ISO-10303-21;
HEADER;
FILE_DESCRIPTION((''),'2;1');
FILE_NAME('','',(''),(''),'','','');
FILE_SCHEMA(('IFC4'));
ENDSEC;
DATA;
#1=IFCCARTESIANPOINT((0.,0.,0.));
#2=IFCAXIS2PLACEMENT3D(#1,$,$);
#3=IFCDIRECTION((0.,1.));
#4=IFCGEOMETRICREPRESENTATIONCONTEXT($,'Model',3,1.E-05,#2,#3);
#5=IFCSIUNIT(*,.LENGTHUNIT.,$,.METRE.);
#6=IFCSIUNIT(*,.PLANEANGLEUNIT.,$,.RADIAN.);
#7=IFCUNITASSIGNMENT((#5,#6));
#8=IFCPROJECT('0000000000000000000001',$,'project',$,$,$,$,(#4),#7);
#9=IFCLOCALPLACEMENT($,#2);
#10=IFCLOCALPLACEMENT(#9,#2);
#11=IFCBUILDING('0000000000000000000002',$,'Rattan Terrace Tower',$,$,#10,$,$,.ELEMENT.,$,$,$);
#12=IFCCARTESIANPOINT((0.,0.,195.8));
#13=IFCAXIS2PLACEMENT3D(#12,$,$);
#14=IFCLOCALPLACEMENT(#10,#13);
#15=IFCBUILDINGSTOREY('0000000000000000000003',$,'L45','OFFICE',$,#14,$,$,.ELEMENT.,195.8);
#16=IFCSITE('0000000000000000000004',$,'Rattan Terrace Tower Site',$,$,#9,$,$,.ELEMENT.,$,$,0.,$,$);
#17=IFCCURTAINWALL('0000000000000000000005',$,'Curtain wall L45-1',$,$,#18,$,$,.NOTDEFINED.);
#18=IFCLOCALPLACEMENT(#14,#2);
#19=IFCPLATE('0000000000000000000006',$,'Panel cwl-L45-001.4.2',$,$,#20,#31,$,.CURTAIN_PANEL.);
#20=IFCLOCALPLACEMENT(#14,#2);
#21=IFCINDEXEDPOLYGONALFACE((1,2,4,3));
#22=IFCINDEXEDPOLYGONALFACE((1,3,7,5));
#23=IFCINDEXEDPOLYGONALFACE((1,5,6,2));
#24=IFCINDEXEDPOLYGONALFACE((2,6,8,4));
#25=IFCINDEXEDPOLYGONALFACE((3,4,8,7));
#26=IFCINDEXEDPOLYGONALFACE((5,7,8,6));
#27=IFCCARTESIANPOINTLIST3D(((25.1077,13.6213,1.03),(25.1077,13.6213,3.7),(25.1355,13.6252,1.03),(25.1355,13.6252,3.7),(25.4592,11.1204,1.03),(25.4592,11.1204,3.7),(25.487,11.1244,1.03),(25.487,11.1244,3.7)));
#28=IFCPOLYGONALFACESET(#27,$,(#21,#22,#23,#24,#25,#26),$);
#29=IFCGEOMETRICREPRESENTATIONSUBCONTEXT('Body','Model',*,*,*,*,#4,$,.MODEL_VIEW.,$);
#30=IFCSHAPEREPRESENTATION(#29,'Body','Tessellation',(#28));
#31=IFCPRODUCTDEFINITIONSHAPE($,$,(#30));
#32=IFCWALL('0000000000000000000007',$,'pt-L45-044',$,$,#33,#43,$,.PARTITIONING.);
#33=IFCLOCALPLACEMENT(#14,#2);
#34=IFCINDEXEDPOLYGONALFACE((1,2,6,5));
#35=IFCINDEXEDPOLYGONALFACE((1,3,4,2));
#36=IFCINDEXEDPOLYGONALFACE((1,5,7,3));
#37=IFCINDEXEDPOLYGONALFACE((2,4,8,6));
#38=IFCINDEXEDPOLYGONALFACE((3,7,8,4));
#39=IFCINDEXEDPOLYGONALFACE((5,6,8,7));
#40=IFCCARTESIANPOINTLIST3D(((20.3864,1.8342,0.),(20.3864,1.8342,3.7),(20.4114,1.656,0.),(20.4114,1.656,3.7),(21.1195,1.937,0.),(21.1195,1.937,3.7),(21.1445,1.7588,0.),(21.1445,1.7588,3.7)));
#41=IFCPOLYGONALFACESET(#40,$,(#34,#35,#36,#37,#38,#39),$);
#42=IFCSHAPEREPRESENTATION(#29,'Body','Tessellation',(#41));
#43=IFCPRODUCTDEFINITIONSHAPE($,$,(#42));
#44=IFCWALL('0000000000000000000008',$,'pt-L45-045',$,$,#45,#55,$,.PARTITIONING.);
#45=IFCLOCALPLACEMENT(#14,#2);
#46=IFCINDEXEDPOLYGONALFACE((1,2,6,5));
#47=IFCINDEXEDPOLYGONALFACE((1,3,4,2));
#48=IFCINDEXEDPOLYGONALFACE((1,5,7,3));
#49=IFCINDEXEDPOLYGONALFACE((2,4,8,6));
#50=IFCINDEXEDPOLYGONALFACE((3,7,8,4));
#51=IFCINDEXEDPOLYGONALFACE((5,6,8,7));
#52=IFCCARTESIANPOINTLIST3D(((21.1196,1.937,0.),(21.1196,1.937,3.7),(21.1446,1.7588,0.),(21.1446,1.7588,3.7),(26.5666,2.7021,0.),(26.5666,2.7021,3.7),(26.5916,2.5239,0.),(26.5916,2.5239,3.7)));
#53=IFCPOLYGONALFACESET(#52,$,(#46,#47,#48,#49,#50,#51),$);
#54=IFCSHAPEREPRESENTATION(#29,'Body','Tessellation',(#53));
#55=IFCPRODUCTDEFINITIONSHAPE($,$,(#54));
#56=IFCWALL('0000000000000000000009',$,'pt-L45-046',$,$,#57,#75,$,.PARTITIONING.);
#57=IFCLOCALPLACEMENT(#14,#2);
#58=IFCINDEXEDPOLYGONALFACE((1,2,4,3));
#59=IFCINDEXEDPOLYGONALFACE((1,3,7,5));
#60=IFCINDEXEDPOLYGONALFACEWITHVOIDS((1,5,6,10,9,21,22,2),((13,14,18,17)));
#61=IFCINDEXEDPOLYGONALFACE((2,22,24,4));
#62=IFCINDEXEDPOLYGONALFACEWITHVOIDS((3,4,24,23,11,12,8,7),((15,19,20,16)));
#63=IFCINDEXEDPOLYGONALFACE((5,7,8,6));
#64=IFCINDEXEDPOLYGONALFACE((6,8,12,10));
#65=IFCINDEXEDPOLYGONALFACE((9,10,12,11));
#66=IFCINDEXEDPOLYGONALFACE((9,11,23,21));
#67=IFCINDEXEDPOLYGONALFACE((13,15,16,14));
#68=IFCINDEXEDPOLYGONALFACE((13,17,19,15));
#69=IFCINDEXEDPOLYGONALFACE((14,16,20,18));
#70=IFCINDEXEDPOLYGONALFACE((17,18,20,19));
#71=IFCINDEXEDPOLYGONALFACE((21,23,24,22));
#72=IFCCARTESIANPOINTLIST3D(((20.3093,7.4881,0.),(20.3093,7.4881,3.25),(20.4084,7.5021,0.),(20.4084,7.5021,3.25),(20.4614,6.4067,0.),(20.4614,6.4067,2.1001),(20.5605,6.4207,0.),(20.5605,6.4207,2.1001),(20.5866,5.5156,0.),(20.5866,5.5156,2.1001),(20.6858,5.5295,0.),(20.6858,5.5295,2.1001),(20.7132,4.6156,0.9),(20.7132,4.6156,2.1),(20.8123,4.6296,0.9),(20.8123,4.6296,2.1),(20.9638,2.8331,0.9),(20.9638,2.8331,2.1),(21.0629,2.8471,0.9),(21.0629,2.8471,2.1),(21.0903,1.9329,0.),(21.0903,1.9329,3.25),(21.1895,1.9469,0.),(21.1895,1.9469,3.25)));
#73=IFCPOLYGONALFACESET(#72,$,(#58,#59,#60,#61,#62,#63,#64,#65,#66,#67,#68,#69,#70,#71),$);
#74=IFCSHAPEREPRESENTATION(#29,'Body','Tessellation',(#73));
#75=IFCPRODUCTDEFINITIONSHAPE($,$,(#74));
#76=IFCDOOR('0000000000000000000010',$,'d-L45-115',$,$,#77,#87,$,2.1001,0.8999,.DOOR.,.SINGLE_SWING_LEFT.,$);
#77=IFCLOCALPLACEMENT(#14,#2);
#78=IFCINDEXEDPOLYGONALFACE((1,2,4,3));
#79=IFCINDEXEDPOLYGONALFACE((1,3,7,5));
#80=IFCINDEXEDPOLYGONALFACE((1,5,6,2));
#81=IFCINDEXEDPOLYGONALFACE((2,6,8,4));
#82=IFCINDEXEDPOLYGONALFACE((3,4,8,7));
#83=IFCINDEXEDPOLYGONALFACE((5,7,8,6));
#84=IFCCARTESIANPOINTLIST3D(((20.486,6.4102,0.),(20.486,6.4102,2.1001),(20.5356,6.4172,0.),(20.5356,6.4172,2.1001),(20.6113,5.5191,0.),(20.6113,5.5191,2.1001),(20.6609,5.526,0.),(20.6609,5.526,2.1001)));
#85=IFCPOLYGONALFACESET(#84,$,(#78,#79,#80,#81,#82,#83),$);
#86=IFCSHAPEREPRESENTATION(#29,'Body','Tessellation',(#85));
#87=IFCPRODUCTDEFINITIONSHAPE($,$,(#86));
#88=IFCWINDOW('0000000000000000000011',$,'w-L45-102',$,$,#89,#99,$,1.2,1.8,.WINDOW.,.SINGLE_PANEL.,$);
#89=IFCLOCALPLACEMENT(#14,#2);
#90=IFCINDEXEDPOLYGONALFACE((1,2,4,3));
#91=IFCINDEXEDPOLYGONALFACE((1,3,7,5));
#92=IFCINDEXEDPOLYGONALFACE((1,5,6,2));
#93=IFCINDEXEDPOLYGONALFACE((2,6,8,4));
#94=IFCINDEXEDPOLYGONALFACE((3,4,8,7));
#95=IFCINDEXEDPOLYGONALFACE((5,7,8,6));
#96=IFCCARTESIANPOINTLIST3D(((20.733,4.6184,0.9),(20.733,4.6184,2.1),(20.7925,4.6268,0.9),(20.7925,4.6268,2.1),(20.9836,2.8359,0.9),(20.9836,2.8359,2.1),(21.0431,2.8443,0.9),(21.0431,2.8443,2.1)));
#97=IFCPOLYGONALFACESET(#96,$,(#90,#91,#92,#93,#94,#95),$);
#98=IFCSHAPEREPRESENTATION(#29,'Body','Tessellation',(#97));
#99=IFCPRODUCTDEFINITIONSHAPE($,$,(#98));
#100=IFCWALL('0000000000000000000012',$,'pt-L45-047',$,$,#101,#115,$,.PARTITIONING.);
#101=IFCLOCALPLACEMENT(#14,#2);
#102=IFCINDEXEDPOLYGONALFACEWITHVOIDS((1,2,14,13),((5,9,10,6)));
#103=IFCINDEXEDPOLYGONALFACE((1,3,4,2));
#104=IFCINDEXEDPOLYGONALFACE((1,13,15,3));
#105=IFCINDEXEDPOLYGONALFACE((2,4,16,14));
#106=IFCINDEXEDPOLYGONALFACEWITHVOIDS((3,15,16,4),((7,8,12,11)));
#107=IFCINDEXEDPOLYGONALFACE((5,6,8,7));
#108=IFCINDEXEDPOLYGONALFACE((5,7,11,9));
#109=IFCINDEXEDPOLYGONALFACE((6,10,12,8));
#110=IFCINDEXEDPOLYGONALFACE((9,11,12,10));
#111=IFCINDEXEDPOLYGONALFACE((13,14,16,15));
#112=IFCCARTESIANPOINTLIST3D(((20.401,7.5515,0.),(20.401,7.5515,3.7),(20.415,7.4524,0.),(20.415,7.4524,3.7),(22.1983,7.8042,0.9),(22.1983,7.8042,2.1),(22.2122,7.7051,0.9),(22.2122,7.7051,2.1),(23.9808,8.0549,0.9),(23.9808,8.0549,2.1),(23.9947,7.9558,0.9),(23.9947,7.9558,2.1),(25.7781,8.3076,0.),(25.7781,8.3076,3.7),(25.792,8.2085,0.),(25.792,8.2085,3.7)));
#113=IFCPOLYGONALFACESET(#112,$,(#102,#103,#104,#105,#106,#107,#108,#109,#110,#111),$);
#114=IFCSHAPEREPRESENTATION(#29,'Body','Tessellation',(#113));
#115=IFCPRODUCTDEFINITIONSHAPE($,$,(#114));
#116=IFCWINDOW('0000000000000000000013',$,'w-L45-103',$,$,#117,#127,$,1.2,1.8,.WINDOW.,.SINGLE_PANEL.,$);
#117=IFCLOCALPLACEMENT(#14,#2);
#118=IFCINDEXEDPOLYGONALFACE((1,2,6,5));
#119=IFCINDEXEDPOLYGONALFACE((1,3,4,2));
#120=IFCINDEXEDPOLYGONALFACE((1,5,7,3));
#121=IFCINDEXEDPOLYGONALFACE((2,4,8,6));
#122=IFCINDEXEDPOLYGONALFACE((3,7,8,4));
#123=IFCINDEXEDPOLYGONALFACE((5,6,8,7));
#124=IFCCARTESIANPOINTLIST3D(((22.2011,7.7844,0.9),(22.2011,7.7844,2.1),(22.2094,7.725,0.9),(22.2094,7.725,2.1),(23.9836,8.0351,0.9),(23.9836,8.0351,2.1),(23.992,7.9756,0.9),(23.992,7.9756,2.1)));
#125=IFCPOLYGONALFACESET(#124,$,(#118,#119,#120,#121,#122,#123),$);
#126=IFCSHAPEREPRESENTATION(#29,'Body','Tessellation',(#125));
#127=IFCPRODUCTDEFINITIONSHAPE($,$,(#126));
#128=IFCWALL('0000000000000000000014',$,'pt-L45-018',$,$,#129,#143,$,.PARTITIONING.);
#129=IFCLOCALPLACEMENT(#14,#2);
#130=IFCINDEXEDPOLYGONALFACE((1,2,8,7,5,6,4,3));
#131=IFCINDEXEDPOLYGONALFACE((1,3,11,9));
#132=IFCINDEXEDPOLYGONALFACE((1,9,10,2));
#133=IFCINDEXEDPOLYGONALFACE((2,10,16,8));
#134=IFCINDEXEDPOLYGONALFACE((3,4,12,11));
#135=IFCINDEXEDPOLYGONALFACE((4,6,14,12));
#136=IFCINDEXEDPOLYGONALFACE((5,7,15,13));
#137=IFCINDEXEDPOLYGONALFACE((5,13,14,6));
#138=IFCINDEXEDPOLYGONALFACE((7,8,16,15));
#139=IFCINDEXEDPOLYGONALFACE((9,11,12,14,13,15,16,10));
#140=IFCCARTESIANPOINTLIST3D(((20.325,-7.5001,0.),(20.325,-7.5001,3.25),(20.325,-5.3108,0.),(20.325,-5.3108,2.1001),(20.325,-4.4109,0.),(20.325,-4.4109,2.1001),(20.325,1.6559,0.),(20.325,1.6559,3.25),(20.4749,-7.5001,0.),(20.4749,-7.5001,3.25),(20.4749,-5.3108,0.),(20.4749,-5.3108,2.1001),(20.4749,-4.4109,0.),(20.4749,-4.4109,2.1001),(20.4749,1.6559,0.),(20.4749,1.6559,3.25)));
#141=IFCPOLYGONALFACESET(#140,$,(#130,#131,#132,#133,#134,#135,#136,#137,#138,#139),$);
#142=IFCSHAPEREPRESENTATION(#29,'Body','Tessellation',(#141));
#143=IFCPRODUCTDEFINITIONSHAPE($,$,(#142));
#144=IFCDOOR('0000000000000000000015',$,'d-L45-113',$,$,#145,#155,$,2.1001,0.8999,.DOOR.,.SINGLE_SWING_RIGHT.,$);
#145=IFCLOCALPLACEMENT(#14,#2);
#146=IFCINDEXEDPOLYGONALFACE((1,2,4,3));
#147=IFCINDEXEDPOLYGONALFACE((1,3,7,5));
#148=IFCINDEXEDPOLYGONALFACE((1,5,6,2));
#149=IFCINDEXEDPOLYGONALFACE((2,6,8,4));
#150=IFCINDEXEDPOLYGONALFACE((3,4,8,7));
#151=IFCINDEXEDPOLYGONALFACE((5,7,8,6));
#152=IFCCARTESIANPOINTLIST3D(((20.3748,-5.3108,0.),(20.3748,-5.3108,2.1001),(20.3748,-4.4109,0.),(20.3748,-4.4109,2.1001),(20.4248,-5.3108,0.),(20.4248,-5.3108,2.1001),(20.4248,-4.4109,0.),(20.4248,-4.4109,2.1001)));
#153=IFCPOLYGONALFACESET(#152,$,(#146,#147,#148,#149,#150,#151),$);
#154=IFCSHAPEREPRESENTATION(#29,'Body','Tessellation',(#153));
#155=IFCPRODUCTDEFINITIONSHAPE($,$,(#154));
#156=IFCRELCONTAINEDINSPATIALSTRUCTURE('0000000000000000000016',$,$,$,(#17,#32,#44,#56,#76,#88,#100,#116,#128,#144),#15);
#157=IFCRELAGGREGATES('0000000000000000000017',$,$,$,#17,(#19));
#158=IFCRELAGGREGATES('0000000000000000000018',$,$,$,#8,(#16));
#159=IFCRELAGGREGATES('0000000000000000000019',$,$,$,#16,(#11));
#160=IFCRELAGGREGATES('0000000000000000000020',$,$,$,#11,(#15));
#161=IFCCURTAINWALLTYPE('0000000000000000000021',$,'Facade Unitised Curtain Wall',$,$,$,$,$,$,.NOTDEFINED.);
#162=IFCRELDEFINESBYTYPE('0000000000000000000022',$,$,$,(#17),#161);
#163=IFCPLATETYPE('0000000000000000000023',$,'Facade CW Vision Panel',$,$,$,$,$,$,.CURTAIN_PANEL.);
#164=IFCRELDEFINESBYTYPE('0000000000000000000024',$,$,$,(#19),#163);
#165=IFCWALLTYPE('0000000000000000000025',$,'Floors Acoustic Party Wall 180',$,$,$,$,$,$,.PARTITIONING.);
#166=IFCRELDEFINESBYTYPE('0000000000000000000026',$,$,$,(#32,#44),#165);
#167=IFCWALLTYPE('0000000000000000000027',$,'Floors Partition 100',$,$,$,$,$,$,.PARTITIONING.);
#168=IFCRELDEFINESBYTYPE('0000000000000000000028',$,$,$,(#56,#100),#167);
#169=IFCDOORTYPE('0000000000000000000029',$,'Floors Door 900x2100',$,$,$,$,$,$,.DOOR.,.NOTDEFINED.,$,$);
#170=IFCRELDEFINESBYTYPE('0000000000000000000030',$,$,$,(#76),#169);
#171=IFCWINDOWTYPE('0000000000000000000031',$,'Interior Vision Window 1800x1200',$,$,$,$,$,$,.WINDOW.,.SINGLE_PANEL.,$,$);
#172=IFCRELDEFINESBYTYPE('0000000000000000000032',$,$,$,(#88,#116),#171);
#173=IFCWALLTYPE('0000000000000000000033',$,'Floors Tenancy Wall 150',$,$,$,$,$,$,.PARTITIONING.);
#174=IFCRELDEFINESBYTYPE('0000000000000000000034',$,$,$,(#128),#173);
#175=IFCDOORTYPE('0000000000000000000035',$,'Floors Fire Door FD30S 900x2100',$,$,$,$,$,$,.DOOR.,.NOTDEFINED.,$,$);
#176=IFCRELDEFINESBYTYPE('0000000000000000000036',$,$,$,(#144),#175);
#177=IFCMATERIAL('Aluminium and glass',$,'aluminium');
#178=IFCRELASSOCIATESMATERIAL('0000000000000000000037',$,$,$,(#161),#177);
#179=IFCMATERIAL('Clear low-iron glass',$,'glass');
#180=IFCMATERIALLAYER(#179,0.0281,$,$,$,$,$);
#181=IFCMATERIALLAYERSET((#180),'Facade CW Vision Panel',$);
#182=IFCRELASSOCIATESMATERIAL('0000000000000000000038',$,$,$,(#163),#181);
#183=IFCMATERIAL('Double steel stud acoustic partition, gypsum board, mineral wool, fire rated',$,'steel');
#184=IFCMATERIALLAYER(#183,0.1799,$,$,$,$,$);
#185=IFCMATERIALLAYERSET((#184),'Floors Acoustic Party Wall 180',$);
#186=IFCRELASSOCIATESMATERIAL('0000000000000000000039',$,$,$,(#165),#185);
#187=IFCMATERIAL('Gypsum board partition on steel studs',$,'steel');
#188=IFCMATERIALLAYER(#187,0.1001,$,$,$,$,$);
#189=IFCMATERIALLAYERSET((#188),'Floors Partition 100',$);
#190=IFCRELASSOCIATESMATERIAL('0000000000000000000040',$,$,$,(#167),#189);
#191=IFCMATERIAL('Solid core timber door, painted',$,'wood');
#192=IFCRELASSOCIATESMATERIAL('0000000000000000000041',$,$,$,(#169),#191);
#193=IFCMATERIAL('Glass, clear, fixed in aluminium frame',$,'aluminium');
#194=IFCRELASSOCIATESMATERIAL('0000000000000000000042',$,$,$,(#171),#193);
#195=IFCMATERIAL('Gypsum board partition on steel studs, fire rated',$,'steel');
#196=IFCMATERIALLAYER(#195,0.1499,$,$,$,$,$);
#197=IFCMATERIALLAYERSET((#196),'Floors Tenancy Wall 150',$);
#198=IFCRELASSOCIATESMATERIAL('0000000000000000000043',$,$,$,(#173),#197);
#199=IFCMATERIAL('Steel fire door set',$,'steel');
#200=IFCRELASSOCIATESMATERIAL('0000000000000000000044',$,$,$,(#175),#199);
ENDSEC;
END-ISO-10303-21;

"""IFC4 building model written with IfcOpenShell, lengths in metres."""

from ifc_helpers import new_model, si_unit, direction, frame, frame_2d, origin, origin_2d, place, context, subcontext, project, spatial, rectangle, extrude, material, layer, layer_set, type_object, element, fill, aggregate, save


model = new_model("IFC4")

# Units and contexts
model_context = context("Model", 3, precision=1e-05, world=origin(), true_north=direction((0.0, 1.0)))
body_context = subcontext(model_context, "Body", "Model", "MODEL_VIEW")
ifc_project = project(units=[si_unit("LENGTHUNIT", "METRE"), si_unit("PLANEANGLEUNIT", "RADIAN")], contexts=[model_context])

# Site, building, storey
site_placement = place(None, origin())
site = spatial("IfcSite", under=ifc_project, at=site_placement, Name="Rattan Terrace Tower Site", CompositionType="ELEMENT", RefElevation=0.0)
building_placement = place(site_placement, origin())
building = spatial("IfcBuilding", under=site, at=building_placement, Name="Rattan Terrace Tower", CompositionType="ELEMENT")
storey_placement = place(building_placement, frame((0.0, 0.0, 195.8)))
storey = spatial("IfcBuildingStorey", under=building, at=storey_placement, Name="L45", Description="OFFICE", CompositionType="ELEMENT", Elevation=195.8)

# Curtain wall
ifc_material_1 = material(Name="Aluminium and glass", Category="aluminium")
curtain_wall_type = type_object("IfcCurtainWallType", Name="Facade Unitised Curtain Wall", PredefinedType="NOTDEFINED", material=ifc_material_1)
curtain_wall_placement = place(storey_placement, origin())
curtain_wall = element("IfcCurtainWall", 1, at=curtain_wall_placement, inside=storey, type_object=curtain_wall_type, Name="Curtain wall L45-1", PredefinedType="NOTDEFINED")

# Plate
ifc_material_2 = material(Name="Clear low-iron glass", Category="glass")
ifc_layer_1 = layer(ifc_material_2, 0.0281)
ifc_layer_set_1 = layer_set([ifc_layer_1], Name="Facade CW Vision Panel")
plate_type_1 = type_object("IfcPlateType", Name="Facade CW Vision Panel", PredefinedType="CURTAIN_PANEL", material=ifc_layer_set_1)
plate_1_placement = place(storey_placement, frame((25.2974, 12.3728, 1.03), z_axis=(0.0, 0.0, 1.0), x_axis=(-0.139191, 0.990266, 0.0)))
plate_1 = element("IfcPlate", 2, at=plate_1_placement, type_object=plate_type_1, Name="Panel cwl-L45-001.4.2", PredefinedType="CURTAIN_PANEL", context=body_context, shape_type="SweptSolid", body=[
    extrude(rectangle(XDim=2.5254, YDim=0.0281, at=origin_2d()), origin(), (0.0, 0.0, 1.0), 2.6699),
])
aggregate(curtain_wall, [plate_1])

# Walls
ifc_material_3 = material(Name="Double steel stud acoustic partition, gypsum board, mineral wool, fire rated", Category="steel")
ifc_layer_2 = layer(ifc_material_3, 0.1799)
ifc_layer_set_2 = layer_set([ifc_layer_2], Name="Floors Acoustic Party Wall 180")
wall_type_1 = type_object("IfcWallType", Name="Floors Acoustic Party Wall 180", PredefinedType="PARTITIONING", material=ifc_layer_set_2)
wall_1_placement = place(storey_placement, frame((20.3989, 1.7451, 0.0), z_axis=(0.0, 0.0, 1.0), x_axis=(0.990315, 0.138835, 0.0)))
element("IfcWall", 3, at=wall_1_placement, inside=storey, type_object=wall_type_1, Name="pt-L45-044", PredefinedType="PARTITIONING", context=body_context, shape_type="SweptSolid", body=[
    extrude(rectangle(XDim=0.7402, YDim=0.1799, at=frame_2d((0.3701, 0.0))), origin(), (0.0, 0.0, 1.0), 3.7),
])
wall_2_placement = place(storey_placement, frame((21.1321, 1.8479, 0.0), z_axis=(0.0, 0.0, 1.0), x_axis=(0.990278, 0.139103, 0.0)))
element("IfcWall", 4, at=wall_2_placement, inside=storey, type_object=wall_type_1, Name="pt-L45-045", PredefinedType="PARTITIONING", context=body_context, shape_type="SweptSolid", body=[
    extrude(rectangle(XDim=5.5005, YDim=0.1799, at=frame_2d((2.7502, 0.0))), origin(), (0.0, 0.0, 1.0), 3.7),
])

# Wall, openings, door, window
ifc_material_4 = material(Name="Gypsum board partition on steel studs", Category="steel")
ifc_layer_3 = layer(ifc_material_4, 0.1001)
ifc_layer_set_3 = layer_set([ifc_layer_3], Name="Floors Partition 100")
wall_type_2 = type_object("IfcWallType", Name="Floors Partition 100", PredefinedType="PARTITIONING", material=ifc_layer_set_3)
wall_3_placement = place(storey_placement, frame((20.3589, 7.4951, 0.0), z_axis=(0.0, 0.0, 1.0), x_axis=(0.139221, -0.990261, 0.0)))
wall_3 = element("IfcWall", 5, at=wall_3_placement, inside=storey, type_object=wall_type_2, Name="pt-L45-046", PredefinedType="PARTITIONING", context=body_context, shape_type="SweptSolid", body=[
    extrude(rectangle(XDim=5.6099, YDim=0.1001, at=frame_2d((2.8049, 0.0))), origin(), (0.0, 0.0, 1.0), 3.25),
])
opening_1_placement = place(wall_3_placement, frame((1.092, 0.0, 0.0)))
opening_1 = element("IfcOpeningElement", 6, at=opening_1_placement, cuts=wall_3, PredefinedType="OPENING", context=body_context, shape_type="SweptSolid", body=[
    extrude(rectangle(XDim=0.8999, YDim=2.1001, at=frame_2d((0.45, 1.05))), frame((0.0, 0.0605, 0.0), z_axis=(0.0, -1.0, 0.0), x_axis=(1.0, 0.0, 0.0)), (0.0, 0.0, 1.0), 0.1211),
])
opening_2_placement = place(wall_3_placement, frame((2.9009, 0.0, 0.8999)))
opening_2 = element("IfcOpeningElement", 7, at=opening_2_placement, cuts=wall_3, PredefinedType="OPENING", context=body_context, shape_type="SweptSolid", body=[
    extrude(rectangle(XDim=1.8, YDim=1.2, at=frame_2d((0.8999, 0.6001))), frame((0.0, 0.0605, 0.0), z_axis=(0.0, -1.0, 0.0), x_axis=(1.0, 0.0, 0.0)), (0.0, 0.0, 1.0), 0.1211),
])
ifc_material_5 = material(Name="Solid core timber door, painted", Category="wood")
door_type_1 = type_object("IfcDoorType", Name="Floors Door 900x2100", OperationType="NOTDEFINED", PredefinedType="DOOR", material=ifc_material_5)
door_1_placement = place(opening_1_placement, origin())
door_1 = element("IfcDoor", 8, at=door_1_placement, inside=storey, type_object=door_type_1, Name="d-L45-115", OperationType="SINGLE_SWING_LEFT", OverallHeight=2.1001, OverallWidth=0.8999, PredefinedType="DOOR", context=body_context, shape_type="SweptSolid", body=[
    extrude(rectangle(XDim=0.8999, YDim=2.1001, at=frame_2d((0.45, 1.05))), frame((0.0, 0.0249, 0.0), z_axis=(0.0, -1.0, 0.0), x_axis=(1.0, 0.0, 0.0)), (0.0, 0.0, 1.0), 0.05),
])
fill(opening_1, door_1)
ifc_material_6 = material(Name="Glass, clear, fixed in aluminium frame", Category="aluminium")
window_type = type_object("IfcWindowType", Name="Interior Vision Window 1800x1200", PartitioningType="SINGLE_PANEL", PredefinedType="WINDOW", material=ifc_material_6)
window_1_placement = place(opening_2_placement, origin())
window_1 = element("IfcWindow", 9, at=window_1_placement, inside=storey, type_object=window_type, Name="w-L45-102", OverallHeight=1.2, OverallWidth=1.8, PartitioningType="SINGLE_PANEL", PredefinedType="WINDOW", context=body_context, shape_type="SweptSolid", body=[
    extrude(rectangle(XDim=1.8, YDim=1.2, at=frame_2d((0.8999, 0.6001))), frame((0.0, 0.03, 0.0), z_axis=(0.0, -1.0, 0.0), x_axis=(1.0, 0.0, 0.0)), (0.0, 0.0, 1.0), 0.0601),
])
fill(opening_2, window_1)

# Wall, opening, window
wall_4_placement = place(storey_placement, frame((25.7849, 8.2581, 0.0), z_axis=(0.0, 0.0, 1.0), x_axis=(-0.990257, -0.139249, 0.0)))
wall_4 = element("IfcWall", 10, at=wall_4_placement, inside=storey, type_object=wall_type_2, Name="pt-L45-047", PredefinedType="PARTITIONING", context=body_context, shape_type="SweptSolid", body=[
    extrude(rectangle(XDim=5.4299, YDim=0.1001, at=frame_2d((2.7148, 0.0))), origin(), (0.0, 0.0, 1.0), 3.7),
])
opening_3_placement = place(wall_4_placement, frame((1.8149, 0.0, 0.8999)))
opening_3 = element("IfcOpeningElement", 11, at=opening_3_placement, cuts=wall_4, PredefinedType="OPENING", context=body_context, shape_type="SweptSolid", body=[
    extrude(rectangle(XDim=1.8, YDim=1.2, at=frame_2d((0.8999, 0.6001))), frame((0.0, 0.0605, 0.0), z_axis=(0.0, -1.0, 0.0), x_axis=(1.0, 0.0, 0.0)), (0.0, 0.0, 1.0), 0.1211),
])
window_2_placement = place(opening_3_placement, origin())
window_2 = element("IfcWindow", 12, at=window_2_placement, inside=storey, type_object=window_type, Name="w-L45-103", OverallHeight=1.2, OverallWidth=1.8, PartitioningType="SINGLE_PANEL", PredefinedType="WINDOW", context=body_context, shape_type="SweptSolid", body=[
    extrude(rectangle(XDim=1.8, YDim=1.2, at=frame_2d((0.8999, 0.6001))), frame((0.0, 0.03, 0.0), z_axis=(0.0, -1.0, 0.0), x_axis=(1.0, 0.0, 0.0)), (0.0, 0.0, 1.0), 0.0601),
])
fill(opening_3, window_2)

# Wall, opening, door
ifc_material_7 = material(Name="Gypsum board partition on steel studs, fire rated", Category="steel")
ifc_layer_4 = layer(ifc_material_7, 0.1499)
ifc_layer_set_4 = layer_set([ifc_layer_4], Name="Floors Tenancy Wall 150")
wall_type_3 = type_object("IfcWallType", Name="Floors Tenancy Wall 150", PredefinedType="PARTITIONING", material=ifc_layer_set_4)
wall_5_placement = place(storey_placement, frame((20.3999, 1.656, 0.0), z_axis=(0.0, 0.0, 1.0), x_axis=(0.0, -1.0, 0.0)))
wall_5 = element("IfcWall", 13, at=wall_5_placement, inside=storey, type_object=wall_type_3, Name="pt-L45-018", PredefinedType="PARTITIONING", context=body_context, shape_type="SweptSolid", body=[
    extrude(rectangle(XDim=9.156, YDim=0.1499, at=frame_2d((4.5781, 0.0))), origin(), (0.0, 0.0, 1.0), 3.25),
])
opening_4_placement = place(wall_5_placement, frame((6.0669, 0.0, 0.0)))
opening_4 = element("IfcOpeningElement", 14, at=opening_4_placement, cuts=wall_5, PredefinedType="OPENING", context=body_context, shape_type="SweptSolid", body=[
    extrude(rectangle(XDim=0.8999, YDim=2.1001, at=frame_2d((0.45, 1.05))), frame((0.0, 0.0854, 0.0), z_axis=(0.0, -1.0, 0.0), x_axis=(1.0, 0.0, 0.0)), (0.0, 0.0, 1.0), 0.1709),
])
ifc_material_8 = material(Name="Steel fire door set", Category="steel")
door_type_2 = type_object("IfcDoorType", Name="Floors Fire Door FD30S 900x2100", OperationType="NOTDEFINED", PredefinedType="DOOR", material=ifc_material_8)
door_2_placement = place(opening_4_placement, origin())
door_2 = element("IfcDoor", 15, at=door_2_placement, inside=storey, type_object=door_type_2, Name="d-L45-113", OperationType="SINGLE_SWING_RIGHT", OverallHeight=2.1001, OverallWidth=0.8999, PredefinedType="DOOR", context=body_context, shape_type="SweptSolid", body=[
    extrude(rectangle(XDim=0.8999, YDim=2.1001, at=frame_2d((0.45, 1.05))), frame((0.0, 0.0249, 0.0), z_axis=(0.0, -1.0, 0.0), x_axis=(1.0, 0.0, 0.0)), (0.0, 0.0, 1.0), 0.05),
])
fill(opening_4, door_2)

save(model, "model.ifc")
